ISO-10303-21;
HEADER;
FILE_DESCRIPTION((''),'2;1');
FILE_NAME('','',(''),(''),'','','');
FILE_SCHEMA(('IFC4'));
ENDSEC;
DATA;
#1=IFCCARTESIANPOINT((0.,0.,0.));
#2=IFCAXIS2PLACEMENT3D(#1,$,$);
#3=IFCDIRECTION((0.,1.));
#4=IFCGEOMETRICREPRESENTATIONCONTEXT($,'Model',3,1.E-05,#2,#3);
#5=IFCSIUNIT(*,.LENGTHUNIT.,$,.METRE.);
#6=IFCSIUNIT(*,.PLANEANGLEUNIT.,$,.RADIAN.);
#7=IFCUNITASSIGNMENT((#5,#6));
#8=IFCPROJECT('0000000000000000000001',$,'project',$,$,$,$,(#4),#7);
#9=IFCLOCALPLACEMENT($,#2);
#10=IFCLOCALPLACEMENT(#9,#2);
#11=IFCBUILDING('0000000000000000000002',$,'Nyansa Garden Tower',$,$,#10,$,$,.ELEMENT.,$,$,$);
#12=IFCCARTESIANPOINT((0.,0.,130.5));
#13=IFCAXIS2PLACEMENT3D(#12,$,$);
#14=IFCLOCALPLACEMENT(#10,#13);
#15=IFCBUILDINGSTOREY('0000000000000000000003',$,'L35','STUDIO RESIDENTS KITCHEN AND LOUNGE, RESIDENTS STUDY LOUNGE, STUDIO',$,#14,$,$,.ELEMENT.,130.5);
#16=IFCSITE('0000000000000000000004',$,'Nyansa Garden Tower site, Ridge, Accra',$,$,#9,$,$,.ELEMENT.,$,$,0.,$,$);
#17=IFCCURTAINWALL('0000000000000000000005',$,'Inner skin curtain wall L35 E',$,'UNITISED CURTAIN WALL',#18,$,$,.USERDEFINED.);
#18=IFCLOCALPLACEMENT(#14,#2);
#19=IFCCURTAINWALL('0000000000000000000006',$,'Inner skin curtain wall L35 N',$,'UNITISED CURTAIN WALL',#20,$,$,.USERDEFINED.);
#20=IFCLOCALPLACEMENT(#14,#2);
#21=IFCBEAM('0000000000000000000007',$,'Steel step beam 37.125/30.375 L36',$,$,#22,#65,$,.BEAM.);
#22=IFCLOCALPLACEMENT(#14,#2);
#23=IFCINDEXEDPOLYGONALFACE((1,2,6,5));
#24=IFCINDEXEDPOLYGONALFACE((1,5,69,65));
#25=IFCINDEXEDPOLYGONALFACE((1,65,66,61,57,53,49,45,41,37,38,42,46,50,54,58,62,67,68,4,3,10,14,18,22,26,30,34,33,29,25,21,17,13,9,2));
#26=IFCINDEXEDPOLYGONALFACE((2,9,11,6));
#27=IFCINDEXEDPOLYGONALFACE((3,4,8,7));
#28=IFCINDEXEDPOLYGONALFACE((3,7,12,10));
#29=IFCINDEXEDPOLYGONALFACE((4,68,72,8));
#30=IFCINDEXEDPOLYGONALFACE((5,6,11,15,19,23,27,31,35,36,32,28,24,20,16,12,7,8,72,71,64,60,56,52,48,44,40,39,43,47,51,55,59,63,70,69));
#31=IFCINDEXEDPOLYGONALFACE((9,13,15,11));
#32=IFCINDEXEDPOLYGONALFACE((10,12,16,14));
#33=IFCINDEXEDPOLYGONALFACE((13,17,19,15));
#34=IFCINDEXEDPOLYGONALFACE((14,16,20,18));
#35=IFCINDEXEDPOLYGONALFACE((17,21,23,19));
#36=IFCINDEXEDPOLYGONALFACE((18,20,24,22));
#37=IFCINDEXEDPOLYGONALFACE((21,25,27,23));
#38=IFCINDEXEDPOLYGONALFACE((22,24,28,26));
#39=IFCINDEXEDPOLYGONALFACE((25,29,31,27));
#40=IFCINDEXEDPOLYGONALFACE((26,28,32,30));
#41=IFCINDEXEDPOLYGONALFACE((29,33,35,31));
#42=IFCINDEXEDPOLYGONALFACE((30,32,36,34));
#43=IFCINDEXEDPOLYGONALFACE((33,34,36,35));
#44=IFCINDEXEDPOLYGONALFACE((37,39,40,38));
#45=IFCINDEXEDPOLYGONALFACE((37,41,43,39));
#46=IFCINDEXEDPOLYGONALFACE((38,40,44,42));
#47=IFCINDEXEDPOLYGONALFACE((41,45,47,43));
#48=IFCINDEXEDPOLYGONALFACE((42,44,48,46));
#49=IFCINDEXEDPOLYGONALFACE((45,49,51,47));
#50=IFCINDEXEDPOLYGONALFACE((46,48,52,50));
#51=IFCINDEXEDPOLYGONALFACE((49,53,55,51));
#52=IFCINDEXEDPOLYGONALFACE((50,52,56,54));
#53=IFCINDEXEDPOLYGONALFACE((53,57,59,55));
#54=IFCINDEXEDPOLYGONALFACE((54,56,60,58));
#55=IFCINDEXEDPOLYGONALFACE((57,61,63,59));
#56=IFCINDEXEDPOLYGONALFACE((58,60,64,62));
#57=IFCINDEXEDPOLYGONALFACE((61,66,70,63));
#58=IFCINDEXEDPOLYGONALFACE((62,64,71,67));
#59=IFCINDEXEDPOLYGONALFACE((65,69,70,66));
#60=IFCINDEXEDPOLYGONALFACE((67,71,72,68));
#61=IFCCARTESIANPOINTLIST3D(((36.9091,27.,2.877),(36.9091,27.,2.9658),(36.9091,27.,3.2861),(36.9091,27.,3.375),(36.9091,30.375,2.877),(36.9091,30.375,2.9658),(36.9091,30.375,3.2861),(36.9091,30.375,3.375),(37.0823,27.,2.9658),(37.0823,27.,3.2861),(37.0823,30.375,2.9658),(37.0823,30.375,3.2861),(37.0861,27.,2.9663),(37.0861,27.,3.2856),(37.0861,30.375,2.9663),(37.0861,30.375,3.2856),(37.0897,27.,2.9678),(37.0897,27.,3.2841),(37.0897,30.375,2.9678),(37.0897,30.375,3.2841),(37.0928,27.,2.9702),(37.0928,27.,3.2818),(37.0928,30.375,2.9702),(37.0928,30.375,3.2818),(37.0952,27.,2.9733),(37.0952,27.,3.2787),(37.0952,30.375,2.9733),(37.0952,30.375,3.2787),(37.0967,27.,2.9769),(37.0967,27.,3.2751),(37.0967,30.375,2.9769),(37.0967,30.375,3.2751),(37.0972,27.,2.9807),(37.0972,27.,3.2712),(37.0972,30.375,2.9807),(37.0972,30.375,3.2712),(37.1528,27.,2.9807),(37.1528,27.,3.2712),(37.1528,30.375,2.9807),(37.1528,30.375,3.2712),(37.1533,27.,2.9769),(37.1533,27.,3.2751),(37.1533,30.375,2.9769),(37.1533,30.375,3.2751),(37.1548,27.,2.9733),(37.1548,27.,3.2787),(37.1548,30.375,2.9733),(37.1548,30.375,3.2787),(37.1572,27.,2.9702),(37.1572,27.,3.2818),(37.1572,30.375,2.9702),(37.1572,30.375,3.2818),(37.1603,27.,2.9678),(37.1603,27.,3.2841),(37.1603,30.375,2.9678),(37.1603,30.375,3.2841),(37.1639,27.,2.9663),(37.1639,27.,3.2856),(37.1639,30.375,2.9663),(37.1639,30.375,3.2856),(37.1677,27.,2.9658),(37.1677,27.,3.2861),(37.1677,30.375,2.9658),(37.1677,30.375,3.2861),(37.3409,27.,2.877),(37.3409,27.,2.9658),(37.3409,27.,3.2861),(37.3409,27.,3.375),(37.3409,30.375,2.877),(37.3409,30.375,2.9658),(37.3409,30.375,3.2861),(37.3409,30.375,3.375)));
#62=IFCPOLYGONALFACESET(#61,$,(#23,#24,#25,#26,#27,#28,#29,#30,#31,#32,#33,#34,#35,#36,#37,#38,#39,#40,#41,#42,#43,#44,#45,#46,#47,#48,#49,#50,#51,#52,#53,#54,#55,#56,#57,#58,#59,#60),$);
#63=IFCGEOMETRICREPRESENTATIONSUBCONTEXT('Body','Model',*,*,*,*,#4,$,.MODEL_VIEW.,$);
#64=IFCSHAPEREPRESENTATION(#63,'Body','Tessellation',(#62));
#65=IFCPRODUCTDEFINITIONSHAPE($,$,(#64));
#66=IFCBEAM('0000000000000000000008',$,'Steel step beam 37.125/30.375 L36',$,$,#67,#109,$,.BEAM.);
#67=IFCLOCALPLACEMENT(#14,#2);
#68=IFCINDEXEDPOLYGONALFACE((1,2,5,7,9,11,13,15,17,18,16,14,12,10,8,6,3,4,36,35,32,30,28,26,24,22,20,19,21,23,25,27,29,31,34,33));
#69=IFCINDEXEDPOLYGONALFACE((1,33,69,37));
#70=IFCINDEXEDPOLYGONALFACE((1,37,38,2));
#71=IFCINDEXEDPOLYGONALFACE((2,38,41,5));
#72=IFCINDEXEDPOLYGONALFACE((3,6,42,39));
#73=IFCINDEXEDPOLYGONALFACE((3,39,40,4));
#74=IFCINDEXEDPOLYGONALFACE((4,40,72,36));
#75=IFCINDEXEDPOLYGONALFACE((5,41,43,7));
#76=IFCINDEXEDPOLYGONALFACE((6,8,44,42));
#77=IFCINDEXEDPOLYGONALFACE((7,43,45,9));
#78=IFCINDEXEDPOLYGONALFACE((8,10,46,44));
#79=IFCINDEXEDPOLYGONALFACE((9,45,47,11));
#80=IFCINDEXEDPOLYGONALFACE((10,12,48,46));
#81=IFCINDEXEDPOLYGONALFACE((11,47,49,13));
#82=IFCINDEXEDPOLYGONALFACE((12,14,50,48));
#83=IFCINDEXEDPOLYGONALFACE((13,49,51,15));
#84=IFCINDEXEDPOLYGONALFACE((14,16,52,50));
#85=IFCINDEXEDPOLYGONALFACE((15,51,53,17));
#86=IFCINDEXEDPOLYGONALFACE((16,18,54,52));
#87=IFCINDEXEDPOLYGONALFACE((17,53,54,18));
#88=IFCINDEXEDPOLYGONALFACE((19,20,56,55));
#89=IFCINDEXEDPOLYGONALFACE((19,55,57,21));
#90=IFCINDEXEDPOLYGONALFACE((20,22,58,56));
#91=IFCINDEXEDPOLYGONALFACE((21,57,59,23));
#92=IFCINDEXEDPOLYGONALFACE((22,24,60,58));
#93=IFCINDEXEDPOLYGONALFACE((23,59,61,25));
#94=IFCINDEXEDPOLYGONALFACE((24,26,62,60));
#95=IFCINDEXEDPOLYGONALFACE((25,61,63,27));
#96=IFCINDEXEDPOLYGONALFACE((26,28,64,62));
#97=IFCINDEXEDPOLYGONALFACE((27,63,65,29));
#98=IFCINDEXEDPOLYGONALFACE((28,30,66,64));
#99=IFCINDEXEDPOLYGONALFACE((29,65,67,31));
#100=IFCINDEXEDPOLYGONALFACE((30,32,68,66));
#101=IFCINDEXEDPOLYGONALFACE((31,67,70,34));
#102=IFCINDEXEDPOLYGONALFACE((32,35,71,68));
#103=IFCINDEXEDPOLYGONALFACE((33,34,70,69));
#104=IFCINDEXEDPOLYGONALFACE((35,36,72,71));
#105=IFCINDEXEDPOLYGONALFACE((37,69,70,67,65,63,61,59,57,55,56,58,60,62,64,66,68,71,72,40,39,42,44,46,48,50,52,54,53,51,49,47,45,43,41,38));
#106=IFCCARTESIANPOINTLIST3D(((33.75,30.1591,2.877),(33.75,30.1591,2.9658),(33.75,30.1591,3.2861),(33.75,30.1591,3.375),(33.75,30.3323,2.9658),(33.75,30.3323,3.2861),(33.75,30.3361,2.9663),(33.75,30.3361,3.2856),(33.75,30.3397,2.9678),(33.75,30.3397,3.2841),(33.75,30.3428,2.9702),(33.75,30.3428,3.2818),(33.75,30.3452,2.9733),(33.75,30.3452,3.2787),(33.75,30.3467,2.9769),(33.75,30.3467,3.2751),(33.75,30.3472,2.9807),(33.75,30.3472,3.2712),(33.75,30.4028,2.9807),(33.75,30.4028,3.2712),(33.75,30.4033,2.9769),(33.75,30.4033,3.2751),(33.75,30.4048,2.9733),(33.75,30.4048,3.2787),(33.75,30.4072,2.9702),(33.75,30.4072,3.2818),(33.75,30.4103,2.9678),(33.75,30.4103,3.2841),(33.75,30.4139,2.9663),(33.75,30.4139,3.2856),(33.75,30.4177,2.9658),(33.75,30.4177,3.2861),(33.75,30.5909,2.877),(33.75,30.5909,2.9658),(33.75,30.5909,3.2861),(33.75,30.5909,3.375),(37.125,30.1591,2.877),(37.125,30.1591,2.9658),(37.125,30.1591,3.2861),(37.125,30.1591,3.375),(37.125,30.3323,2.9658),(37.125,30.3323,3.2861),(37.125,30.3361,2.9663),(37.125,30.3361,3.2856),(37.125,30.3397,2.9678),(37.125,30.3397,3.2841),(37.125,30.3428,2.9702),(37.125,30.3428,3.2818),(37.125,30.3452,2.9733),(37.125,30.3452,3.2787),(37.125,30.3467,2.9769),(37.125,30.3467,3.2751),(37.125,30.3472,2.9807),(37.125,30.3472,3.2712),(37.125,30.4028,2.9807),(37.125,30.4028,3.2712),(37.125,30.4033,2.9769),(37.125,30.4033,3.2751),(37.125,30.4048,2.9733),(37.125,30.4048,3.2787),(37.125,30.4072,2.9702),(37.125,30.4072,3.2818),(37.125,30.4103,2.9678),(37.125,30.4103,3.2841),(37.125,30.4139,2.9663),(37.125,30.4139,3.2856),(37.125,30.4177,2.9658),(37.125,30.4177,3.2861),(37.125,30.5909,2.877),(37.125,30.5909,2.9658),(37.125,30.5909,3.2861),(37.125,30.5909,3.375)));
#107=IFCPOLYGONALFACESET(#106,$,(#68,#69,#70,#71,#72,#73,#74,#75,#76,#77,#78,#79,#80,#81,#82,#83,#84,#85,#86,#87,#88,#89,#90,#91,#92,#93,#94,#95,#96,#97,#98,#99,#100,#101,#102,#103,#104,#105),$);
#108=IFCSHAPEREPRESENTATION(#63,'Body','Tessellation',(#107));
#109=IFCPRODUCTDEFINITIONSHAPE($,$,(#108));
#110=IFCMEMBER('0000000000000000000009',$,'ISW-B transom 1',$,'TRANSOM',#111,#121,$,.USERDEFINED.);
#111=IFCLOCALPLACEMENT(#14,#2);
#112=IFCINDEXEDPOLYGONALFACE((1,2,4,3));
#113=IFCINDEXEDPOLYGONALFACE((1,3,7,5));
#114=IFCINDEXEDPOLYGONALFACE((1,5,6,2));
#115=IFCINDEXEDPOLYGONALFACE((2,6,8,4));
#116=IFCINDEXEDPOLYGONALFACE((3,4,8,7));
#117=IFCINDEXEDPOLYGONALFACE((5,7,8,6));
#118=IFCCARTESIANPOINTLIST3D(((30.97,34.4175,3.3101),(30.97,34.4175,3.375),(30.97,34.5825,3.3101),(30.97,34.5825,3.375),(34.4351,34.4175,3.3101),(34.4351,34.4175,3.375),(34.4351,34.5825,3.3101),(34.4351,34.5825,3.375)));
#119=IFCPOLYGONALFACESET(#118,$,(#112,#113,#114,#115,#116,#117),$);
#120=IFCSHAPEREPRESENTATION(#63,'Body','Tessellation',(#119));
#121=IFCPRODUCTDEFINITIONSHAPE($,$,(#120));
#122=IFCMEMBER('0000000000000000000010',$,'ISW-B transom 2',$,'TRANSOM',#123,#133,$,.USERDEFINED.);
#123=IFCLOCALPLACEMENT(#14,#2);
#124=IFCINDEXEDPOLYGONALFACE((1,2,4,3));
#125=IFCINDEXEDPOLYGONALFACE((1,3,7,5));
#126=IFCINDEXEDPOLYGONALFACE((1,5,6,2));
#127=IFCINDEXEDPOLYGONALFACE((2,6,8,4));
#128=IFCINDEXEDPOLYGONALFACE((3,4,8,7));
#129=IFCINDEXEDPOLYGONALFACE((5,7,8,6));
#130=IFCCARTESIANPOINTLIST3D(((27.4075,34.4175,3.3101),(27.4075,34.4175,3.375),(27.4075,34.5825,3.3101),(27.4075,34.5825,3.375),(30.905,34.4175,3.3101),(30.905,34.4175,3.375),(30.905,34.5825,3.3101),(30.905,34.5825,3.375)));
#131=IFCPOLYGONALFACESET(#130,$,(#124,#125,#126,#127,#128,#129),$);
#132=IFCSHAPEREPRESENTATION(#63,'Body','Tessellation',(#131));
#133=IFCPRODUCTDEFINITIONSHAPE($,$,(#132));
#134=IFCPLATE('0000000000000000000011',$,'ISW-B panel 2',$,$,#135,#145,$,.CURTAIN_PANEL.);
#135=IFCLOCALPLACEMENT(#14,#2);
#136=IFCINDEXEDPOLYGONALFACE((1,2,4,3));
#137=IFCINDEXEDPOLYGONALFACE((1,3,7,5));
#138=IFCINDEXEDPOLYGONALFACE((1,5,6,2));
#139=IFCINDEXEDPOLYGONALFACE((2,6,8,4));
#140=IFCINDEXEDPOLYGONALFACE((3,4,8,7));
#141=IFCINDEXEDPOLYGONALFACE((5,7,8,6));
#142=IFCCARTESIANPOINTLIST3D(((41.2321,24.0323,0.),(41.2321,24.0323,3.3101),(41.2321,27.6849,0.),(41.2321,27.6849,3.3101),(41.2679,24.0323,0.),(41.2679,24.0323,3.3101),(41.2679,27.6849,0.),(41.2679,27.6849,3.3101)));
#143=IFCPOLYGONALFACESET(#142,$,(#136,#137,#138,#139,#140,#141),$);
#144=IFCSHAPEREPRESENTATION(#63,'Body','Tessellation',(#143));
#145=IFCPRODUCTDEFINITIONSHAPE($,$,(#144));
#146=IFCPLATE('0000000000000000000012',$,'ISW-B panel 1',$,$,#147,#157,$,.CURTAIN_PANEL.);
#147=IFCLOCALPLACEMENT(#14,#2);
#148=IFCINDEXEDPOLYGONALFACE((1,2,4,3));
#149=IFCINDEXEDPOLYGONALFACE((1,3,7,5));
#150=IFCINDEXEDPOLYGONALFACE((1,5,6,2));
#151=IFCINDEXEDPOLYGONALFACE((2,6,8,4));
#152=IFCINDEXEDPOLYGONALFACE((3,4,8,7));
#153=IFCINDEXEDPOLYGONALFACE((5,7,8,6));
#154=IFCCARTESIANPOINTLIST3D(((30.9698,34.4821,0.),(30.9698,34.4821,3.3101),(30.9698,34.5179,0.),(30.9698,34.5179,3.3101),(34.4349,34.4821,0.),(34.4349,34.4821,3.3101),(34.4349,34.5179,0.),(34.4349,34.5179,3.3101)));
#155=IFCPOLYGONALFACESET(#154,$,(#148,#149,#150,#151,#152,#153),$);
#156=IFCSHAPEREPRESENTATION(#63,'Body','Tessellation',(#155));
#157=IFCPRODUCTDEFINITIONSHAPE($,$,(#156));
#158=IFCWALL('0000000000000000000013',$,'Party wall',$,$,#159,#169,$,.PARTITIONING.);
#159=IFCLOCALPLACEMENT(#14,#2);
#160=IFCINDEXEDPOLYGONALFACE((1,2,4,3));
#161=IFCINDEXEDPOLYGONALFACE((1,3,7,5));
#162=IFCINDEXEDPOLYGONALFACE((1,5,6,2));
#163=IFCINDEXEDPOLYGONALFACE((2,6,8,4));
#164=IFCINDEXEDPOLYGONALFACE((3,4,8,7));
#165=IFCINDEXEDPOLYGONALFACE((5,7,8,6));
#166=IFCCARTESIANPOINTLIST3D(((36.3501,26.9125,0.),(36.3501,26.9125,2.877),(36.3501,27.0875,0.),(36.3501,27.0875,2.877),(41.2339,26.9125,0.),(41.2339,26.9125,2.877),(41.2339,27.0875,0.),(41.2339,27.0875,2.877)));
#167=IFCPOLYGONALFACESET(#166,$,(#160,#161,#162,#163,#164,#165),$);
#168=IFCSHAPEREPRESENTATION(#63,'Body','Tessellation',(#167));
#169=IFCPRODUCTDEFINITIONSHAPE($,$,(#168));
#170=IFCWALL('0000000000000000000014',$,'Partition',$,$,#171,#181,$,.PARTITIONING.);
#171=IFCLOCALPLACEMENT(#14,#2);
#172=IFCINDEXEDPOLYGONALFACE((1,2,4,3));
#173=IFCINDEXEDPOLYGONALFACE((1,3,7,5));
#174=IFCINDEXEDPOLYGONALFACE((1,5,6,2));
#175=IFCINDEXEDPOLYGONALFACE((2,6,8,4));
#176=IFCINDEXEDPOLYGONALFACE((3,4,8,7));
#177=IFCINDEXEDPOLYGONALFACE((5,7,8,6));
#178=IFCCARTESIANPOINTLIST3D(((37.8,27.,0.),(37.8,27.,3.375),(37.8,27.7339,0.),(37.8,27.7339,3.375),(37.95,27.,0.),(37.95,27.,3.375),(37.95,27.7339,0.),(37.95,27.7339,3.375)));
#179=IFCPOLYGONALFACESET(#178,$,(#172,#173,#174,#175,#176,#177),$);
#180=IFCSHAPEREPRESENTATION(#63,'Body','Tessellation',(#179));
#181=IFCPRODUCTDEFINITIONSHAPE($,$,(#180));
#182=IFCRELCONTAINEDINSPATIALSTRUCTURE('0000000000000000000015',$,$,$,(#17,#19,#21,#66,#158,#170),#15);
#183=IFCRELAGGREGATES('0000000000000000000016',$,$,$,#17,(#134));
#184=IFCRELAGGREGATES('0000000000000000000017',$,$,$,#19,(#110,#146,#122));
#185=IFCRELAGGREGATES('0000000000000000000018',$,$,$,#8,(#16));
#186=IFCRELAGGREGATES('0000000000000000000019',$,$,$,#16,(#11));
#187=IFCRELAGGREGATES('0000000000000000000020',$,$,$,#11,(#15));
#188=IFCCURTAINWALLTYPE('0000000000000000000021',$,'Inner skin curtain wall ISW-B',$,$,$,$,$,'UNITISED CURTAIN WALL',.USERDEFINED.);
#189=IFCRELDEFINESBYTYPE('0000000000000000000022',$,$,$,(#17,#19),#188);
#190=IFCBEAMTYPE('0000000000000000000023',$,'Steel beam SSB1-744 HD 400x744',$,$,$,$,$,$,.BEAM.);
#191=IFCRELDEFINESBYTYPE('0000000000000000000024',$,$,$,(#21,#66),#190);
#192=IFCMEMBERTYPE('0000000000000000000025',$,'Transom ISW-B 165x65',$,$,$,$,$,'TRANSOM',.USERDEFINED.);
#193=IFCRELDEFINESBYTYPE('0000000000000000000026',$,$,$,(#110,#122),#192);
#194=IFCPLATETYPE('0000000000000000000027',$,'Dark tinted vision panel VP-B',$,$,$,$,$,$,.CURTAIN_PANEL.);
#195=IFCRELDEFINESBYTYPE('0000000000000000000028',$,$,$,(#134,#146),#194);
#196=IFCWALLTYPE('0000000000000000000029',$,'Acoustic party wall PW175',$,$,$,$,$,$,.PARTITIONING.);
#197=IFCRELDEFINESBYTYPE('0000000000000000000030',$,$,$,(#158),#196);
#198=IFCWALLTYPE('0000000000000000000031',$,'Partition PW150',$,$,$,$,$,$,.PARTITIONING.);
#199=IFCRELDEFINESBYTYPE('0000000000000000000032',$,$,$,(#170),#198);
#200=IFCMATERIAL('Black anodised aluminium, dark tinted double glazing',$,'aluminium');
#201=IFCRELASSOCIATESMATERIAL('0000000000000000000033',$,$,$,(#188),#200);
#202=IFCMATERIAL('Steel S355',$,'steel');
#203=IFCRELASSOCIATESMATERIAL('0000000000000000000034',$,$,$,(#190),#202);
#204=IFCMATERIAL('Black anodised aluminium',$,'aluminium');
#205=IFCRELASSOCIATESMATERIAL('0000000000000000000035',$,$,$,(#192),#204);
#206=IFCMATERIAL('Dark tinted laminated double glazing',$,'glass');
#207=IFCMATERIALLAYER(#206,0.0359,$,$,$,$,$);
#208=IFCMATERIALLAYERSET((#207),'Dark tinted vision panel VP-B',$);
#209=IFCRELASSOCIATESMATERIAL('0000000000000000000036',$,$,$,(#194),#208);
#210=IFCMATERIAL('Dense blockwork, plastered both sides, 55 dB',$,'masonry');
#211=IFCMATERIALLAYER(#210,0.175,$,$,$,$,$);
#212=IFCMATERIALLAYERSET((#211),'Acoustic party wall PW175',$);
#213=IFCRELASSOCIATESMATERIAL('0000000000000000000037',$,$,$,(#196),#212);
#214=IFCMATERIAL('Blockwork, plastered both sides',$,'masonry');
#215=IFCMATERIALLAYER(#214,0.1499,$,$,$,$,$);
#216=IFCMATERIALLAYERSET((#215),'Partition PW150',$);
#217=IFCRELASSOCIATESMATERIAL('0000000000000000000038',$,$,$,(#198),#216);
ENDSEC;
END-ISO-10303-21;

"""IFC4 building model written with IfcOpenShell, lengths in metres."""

from ifc_helpers import new_model, si_unit, direction, frame, frame_2d, origin, origin_2d, place, context, subcontext, project, spatial, rectangle, i_section, extrude, material, layer, layer_set, material_profile, profile_set, type_object, element, aggregate, save


model = new_model("IFC4")

# Units and contexts
model_context = context("Model", 3, precision=1e-05, world=origin(), true_north=direction((0.0, 1.0)))
body_context = subcontext(model_context, "Body", "Model", "MODEL_VIEW")
ifc_project = project(units=[si_unit("LENGTHUNIT", "METRE"), si_unit("PLANEANGLEUNIT", "RADIAN")], contexts=[model_context])

# Site, building, storey
site_placement = place(None, origin())
site = spatial("IfcSite", under=ifc_project, at=site_placement, Name="Nyansa Garden Tower site, Ridge, Accra", CompositionType="ELEMENT", RefElevation=0.0)
building_placement = place(site_placement, origin())
building = spatial("IfcBuilding", under=site, at=building_placement, Name="Nyansa Garden Tower", CompositionType="ELEMENT")
storey_placement = place(building_placement, frame((0.0, 0.0, 130.5)))
storey = spatial("IfcBuildingStorey", under=building, at=storey_placement, Name="L35", Description="STUDIO RESIDENTS KITCHEN AND LOUNGE, RESIDENTS STUDY LOUNGE, STUDIO", CompositionType="ELEMENT", Elevation=130.5)

# Curtain wall
ifc_material_1 = material(Name="Black anodised aluminium, dark tinted double glazing", Category="aluminium")
curtain_wall_type = type_object("IfcCurtainWallType", Name="Inner skin curtain wall ISW-B", ElementType="UNITISED CURTAIN WALL", PredefinedType="USERDEFINED", material=ifc_material_1)
curtain_wall_1_placement = place(storey_placement, origin())
curtain_wall_1 = element("IfcCurtainWall", 1, at=curtain_wall_1_placement, inside=storey, type_object=curtain_wall_type, Name="Inner skin curtain wall L35 E", ObjectType="UNITISED CURTAIN WALL", PredefinedType="USERDEFINED")

# Curtain wall
curtain_wall_2_placement = place(storey_placement, origin())
curtain_wall_2 = element("IfcCurtainWall", 2, at=curtain_wall_2_placement, inside=storey, type_object=curtain_wall_type, Name="Inner skin curtain wall L35 N", ObjectType="UNITISED CURTAIN WALL", PredefinedType="USERDEFINED")

# Beams
ifc_material_2 = material(Name="Steel S355", Category="steel")
ifc_material_profile_1 = material_profile(ifc_material_2, i_section(OverallWidth=0.4319, OverallDepth=0.498, WebThickness=0.0557, FlangeThickness=0.0889, FilletRadius=0.0149, at=origin_2d()), Name="HD 400x744")
ifc_profile_set_1 = profile_set([ifc_material_profile_1], Name="Steel S355")
beam_type_1 = type_object("IfcBeamType", Name="Steel beam SSB1-744 HD 400x744", PredefinedType="BEAM", material=ifc_profile_set_1)
for number, where, z_axis, x_axis, name in (
    (3, (37.125, 30.375, 3.126), (0.0, -1.0, 0.0), (1.0, 0.0, 0.0), "Steel step beam 37.125/30.375 L36"),
    (4, (37.125, 30.375, 3.126), (-1.0, 0.0, 0.0), (0.0, -1.0, 0.0), "Steel step beam 37.125/30.375 L36"),
):
    element("IfcBeam", number, at=place(storey_placement, frame(where, z_axis=z_axis, x_axis=x_axis)), inside=storey, type_object=beam_type_1, Name=name, PredefinedType="BEAM", context=body_context, shape_type="SweptSolid", body=[
        extrude(i_section(OverallWidth=0.4319, OverallDepth=0.498, WebThickness=0.0557, FlangeThickness=0.0889, FilletRadius=0.0149, at=origin_2d()), origin(), (0.0, 0.0, 1.0), 3.375),
    ])

# Members
ifc_material_3 = material(Name="Black anodised aluminium", Category="aluminium")
ifc_material_profile_2 = material_profile(ifc_material_3, rectangle(XDim=0.165, YDim=0.0649, at=origin_2d()), Name="Transom 165x65")
ifc_profile_set_2 = profile_set([ifc_material_profile_2], Name="Black anodised aluminium")
member_type_1 = type_object("IfcMemberType", Name="Transom ISW-B 165x65", ElementType="TRANSOM", PredefinedType="USERDEFINED", material=ifc_profile_set_2)
member_1_placement = place(storey_placement, frame((34.4351, 34.5, 3.3425), z_axis=(-1.0, 0.0, 0.0), x_axis=(0.0, -1.0, 0.0)))
member_1 = element("IfcMember", 5, at=member_1_placement, type_object=member_type_1, Name="ISW-B transom 1", ObjectType="TRANSOM", PredefinedType="USERDEFINED", context=body_context, shape_type="SweptSolid", body=[
    extrude(rectangle(XDim=0.165, YDim=0.0649, at=origin_2d()), origin(), (0.0, 0.0, 1.0), 3.4651),
])
member_2_placement = place(storey_placement, frame((30.905, 34.5, 3.3425), z_axis=(-1.0, 0.0, 0.0), x_axis=(0.0, -1.0, 0.0)))
member_2 = element("IfcMember", 6, at=member_2_placement, type_object=member_type_1, Name="ISW-B transom 2", ObjectType="TRANSOM", PredefinedType="USERDEFINED", context=body_context, shape_type="SweptSolid", body=[
    extrude(rectangle(XDim=0.165, YDim=0.0649, at=origin_2d()), origin(), (0.0, 0.0, 1.0), 3.4976),
])

# Plates
ifc_material_4 = material(Name="Dark tinted laminated double glazing", Category="glass")
ifc_layer_1 = layer(ifc_material_4, 0.0359)
ifc_layer_set_1 = layer_set([ifc_layer_1], Name="Dark tinted vision panel VP-B")
plate_type = type_object("IfcPlateType", Name="Dark tinted vision panel VP-B", PredefinedType="CURTAIN_PANEL", material=ifc_layer_set_1)
plate_1_placement = place(storey_placement, frame((41.25, 25.8586, 0.0), z_axis=(0.0, 0.0, 1.0), x_axis=(0.0, 1.0, 0.0)))
plate_1 = element("IfcPlate", 7, at=plate_1_placement, type_object=plate_type, Name="ISW-B panel 2", PredefinedType="CURTAIN_PANEL", context=body_context, shape_type="SweptSolid", body=[
    extrude(rectangle(XDim=3.6526, YDim=0.0359, at=origin_2d()), origin(), (0.0, 0.0, 1.0), 3.3101),
])
aggregate(curtain_wall_1, [plate_1])
plate_2_placement = place(storey_placement, frame((32.7024, 34.5, 0.0), z_axis=(0.0, 0.0, 1.0), x_axis=(-1.0, 0.0, 0.0)))
plate_2 = element("IfcPlate", 8, at=plate_2_placement, type_object=plate_type, Name="ISW-B panel 1", PredefinedType="CURTAIN_PANEL", context=body_context, shape_type="SweptSolid", body=[
    extrude(rectangle(XDim=3.4651, YDim=0.0359, at=origin_2d()), origin(), (0.0, 0.0, 1.0), 3.3101),
])
aggregate(curtain_wall_2, [member_1, plate_2, member_2])

# Walls
ifc_material_5 = material(Name="Dense blockwork, plastered both sides, 55 dB", Category="masonry")
ifc_layer_2 = layer(ifc_material_5, 0.175)
ifc_layer_set_2 = layer_set([ifc_layer_2], Name="Acoustic party wall PW175")
wall_type_1 = type_object("IfcWallType", Name="Acoustic party wall PW175", PredefinedType="PARTITIONING", material=ifc_layer_set_2)
wall_1_placement = place(storey_placement, frame((36.3501, 27.0, 0.0), z_axis=(0.0, 0.0, 1.0), x_axis=(1.0, 0.0, 0.0)))
element("IfcWall", 9, at=wall_1_placement, inside=storey, type_object=wall_type_1, Name="Party wall", PredefinedType="PARTITIONING", context=body_context, shape_type="SweptSolid", body=[
    extrude(rectangle(XDim=4.8838, YDim=0.175, at=frame_2d((2.4419, 0.0))), origin(), (0.0, 0.0, 1.0), 2.877),
])
ifc_material_6 = material(Name="Blockwork, plastered both sides", Category="masonry")
ifc_layer_3 = layer(ifc_material_6, 0.1499)
ifc_layer_set_3 = layer_set([ifc_layer_3], Name="Partition PW150")
wall_type_2 = type_object("IfcWallType", Name="Partition PW150", PredefinedType="PARTITIONING", material=ifc_layer_set_3)
wall_2_placement = place(storey_placement, frame((37.875, 27.0, 0.0), z_axis=(0.0, 0.0, 1.0), x_axis=(0.0, 1.0, 0.0)))
element("IfcWall", 10, at=wall_2_placement, inside=storey, type_object=wall_type_2, Name="Partition", PredefinedType="PARTITIONING", context=body_context, shape_type="SweptSolid", body=[
    extrude(rectangle(XDim=0.7339, YDim=0.1499, at=frame_2d((0.3669, 0.0))), origin(), (0.0, 0.0, 1.0), 3.375),
])

save(model, "model.ifc")
